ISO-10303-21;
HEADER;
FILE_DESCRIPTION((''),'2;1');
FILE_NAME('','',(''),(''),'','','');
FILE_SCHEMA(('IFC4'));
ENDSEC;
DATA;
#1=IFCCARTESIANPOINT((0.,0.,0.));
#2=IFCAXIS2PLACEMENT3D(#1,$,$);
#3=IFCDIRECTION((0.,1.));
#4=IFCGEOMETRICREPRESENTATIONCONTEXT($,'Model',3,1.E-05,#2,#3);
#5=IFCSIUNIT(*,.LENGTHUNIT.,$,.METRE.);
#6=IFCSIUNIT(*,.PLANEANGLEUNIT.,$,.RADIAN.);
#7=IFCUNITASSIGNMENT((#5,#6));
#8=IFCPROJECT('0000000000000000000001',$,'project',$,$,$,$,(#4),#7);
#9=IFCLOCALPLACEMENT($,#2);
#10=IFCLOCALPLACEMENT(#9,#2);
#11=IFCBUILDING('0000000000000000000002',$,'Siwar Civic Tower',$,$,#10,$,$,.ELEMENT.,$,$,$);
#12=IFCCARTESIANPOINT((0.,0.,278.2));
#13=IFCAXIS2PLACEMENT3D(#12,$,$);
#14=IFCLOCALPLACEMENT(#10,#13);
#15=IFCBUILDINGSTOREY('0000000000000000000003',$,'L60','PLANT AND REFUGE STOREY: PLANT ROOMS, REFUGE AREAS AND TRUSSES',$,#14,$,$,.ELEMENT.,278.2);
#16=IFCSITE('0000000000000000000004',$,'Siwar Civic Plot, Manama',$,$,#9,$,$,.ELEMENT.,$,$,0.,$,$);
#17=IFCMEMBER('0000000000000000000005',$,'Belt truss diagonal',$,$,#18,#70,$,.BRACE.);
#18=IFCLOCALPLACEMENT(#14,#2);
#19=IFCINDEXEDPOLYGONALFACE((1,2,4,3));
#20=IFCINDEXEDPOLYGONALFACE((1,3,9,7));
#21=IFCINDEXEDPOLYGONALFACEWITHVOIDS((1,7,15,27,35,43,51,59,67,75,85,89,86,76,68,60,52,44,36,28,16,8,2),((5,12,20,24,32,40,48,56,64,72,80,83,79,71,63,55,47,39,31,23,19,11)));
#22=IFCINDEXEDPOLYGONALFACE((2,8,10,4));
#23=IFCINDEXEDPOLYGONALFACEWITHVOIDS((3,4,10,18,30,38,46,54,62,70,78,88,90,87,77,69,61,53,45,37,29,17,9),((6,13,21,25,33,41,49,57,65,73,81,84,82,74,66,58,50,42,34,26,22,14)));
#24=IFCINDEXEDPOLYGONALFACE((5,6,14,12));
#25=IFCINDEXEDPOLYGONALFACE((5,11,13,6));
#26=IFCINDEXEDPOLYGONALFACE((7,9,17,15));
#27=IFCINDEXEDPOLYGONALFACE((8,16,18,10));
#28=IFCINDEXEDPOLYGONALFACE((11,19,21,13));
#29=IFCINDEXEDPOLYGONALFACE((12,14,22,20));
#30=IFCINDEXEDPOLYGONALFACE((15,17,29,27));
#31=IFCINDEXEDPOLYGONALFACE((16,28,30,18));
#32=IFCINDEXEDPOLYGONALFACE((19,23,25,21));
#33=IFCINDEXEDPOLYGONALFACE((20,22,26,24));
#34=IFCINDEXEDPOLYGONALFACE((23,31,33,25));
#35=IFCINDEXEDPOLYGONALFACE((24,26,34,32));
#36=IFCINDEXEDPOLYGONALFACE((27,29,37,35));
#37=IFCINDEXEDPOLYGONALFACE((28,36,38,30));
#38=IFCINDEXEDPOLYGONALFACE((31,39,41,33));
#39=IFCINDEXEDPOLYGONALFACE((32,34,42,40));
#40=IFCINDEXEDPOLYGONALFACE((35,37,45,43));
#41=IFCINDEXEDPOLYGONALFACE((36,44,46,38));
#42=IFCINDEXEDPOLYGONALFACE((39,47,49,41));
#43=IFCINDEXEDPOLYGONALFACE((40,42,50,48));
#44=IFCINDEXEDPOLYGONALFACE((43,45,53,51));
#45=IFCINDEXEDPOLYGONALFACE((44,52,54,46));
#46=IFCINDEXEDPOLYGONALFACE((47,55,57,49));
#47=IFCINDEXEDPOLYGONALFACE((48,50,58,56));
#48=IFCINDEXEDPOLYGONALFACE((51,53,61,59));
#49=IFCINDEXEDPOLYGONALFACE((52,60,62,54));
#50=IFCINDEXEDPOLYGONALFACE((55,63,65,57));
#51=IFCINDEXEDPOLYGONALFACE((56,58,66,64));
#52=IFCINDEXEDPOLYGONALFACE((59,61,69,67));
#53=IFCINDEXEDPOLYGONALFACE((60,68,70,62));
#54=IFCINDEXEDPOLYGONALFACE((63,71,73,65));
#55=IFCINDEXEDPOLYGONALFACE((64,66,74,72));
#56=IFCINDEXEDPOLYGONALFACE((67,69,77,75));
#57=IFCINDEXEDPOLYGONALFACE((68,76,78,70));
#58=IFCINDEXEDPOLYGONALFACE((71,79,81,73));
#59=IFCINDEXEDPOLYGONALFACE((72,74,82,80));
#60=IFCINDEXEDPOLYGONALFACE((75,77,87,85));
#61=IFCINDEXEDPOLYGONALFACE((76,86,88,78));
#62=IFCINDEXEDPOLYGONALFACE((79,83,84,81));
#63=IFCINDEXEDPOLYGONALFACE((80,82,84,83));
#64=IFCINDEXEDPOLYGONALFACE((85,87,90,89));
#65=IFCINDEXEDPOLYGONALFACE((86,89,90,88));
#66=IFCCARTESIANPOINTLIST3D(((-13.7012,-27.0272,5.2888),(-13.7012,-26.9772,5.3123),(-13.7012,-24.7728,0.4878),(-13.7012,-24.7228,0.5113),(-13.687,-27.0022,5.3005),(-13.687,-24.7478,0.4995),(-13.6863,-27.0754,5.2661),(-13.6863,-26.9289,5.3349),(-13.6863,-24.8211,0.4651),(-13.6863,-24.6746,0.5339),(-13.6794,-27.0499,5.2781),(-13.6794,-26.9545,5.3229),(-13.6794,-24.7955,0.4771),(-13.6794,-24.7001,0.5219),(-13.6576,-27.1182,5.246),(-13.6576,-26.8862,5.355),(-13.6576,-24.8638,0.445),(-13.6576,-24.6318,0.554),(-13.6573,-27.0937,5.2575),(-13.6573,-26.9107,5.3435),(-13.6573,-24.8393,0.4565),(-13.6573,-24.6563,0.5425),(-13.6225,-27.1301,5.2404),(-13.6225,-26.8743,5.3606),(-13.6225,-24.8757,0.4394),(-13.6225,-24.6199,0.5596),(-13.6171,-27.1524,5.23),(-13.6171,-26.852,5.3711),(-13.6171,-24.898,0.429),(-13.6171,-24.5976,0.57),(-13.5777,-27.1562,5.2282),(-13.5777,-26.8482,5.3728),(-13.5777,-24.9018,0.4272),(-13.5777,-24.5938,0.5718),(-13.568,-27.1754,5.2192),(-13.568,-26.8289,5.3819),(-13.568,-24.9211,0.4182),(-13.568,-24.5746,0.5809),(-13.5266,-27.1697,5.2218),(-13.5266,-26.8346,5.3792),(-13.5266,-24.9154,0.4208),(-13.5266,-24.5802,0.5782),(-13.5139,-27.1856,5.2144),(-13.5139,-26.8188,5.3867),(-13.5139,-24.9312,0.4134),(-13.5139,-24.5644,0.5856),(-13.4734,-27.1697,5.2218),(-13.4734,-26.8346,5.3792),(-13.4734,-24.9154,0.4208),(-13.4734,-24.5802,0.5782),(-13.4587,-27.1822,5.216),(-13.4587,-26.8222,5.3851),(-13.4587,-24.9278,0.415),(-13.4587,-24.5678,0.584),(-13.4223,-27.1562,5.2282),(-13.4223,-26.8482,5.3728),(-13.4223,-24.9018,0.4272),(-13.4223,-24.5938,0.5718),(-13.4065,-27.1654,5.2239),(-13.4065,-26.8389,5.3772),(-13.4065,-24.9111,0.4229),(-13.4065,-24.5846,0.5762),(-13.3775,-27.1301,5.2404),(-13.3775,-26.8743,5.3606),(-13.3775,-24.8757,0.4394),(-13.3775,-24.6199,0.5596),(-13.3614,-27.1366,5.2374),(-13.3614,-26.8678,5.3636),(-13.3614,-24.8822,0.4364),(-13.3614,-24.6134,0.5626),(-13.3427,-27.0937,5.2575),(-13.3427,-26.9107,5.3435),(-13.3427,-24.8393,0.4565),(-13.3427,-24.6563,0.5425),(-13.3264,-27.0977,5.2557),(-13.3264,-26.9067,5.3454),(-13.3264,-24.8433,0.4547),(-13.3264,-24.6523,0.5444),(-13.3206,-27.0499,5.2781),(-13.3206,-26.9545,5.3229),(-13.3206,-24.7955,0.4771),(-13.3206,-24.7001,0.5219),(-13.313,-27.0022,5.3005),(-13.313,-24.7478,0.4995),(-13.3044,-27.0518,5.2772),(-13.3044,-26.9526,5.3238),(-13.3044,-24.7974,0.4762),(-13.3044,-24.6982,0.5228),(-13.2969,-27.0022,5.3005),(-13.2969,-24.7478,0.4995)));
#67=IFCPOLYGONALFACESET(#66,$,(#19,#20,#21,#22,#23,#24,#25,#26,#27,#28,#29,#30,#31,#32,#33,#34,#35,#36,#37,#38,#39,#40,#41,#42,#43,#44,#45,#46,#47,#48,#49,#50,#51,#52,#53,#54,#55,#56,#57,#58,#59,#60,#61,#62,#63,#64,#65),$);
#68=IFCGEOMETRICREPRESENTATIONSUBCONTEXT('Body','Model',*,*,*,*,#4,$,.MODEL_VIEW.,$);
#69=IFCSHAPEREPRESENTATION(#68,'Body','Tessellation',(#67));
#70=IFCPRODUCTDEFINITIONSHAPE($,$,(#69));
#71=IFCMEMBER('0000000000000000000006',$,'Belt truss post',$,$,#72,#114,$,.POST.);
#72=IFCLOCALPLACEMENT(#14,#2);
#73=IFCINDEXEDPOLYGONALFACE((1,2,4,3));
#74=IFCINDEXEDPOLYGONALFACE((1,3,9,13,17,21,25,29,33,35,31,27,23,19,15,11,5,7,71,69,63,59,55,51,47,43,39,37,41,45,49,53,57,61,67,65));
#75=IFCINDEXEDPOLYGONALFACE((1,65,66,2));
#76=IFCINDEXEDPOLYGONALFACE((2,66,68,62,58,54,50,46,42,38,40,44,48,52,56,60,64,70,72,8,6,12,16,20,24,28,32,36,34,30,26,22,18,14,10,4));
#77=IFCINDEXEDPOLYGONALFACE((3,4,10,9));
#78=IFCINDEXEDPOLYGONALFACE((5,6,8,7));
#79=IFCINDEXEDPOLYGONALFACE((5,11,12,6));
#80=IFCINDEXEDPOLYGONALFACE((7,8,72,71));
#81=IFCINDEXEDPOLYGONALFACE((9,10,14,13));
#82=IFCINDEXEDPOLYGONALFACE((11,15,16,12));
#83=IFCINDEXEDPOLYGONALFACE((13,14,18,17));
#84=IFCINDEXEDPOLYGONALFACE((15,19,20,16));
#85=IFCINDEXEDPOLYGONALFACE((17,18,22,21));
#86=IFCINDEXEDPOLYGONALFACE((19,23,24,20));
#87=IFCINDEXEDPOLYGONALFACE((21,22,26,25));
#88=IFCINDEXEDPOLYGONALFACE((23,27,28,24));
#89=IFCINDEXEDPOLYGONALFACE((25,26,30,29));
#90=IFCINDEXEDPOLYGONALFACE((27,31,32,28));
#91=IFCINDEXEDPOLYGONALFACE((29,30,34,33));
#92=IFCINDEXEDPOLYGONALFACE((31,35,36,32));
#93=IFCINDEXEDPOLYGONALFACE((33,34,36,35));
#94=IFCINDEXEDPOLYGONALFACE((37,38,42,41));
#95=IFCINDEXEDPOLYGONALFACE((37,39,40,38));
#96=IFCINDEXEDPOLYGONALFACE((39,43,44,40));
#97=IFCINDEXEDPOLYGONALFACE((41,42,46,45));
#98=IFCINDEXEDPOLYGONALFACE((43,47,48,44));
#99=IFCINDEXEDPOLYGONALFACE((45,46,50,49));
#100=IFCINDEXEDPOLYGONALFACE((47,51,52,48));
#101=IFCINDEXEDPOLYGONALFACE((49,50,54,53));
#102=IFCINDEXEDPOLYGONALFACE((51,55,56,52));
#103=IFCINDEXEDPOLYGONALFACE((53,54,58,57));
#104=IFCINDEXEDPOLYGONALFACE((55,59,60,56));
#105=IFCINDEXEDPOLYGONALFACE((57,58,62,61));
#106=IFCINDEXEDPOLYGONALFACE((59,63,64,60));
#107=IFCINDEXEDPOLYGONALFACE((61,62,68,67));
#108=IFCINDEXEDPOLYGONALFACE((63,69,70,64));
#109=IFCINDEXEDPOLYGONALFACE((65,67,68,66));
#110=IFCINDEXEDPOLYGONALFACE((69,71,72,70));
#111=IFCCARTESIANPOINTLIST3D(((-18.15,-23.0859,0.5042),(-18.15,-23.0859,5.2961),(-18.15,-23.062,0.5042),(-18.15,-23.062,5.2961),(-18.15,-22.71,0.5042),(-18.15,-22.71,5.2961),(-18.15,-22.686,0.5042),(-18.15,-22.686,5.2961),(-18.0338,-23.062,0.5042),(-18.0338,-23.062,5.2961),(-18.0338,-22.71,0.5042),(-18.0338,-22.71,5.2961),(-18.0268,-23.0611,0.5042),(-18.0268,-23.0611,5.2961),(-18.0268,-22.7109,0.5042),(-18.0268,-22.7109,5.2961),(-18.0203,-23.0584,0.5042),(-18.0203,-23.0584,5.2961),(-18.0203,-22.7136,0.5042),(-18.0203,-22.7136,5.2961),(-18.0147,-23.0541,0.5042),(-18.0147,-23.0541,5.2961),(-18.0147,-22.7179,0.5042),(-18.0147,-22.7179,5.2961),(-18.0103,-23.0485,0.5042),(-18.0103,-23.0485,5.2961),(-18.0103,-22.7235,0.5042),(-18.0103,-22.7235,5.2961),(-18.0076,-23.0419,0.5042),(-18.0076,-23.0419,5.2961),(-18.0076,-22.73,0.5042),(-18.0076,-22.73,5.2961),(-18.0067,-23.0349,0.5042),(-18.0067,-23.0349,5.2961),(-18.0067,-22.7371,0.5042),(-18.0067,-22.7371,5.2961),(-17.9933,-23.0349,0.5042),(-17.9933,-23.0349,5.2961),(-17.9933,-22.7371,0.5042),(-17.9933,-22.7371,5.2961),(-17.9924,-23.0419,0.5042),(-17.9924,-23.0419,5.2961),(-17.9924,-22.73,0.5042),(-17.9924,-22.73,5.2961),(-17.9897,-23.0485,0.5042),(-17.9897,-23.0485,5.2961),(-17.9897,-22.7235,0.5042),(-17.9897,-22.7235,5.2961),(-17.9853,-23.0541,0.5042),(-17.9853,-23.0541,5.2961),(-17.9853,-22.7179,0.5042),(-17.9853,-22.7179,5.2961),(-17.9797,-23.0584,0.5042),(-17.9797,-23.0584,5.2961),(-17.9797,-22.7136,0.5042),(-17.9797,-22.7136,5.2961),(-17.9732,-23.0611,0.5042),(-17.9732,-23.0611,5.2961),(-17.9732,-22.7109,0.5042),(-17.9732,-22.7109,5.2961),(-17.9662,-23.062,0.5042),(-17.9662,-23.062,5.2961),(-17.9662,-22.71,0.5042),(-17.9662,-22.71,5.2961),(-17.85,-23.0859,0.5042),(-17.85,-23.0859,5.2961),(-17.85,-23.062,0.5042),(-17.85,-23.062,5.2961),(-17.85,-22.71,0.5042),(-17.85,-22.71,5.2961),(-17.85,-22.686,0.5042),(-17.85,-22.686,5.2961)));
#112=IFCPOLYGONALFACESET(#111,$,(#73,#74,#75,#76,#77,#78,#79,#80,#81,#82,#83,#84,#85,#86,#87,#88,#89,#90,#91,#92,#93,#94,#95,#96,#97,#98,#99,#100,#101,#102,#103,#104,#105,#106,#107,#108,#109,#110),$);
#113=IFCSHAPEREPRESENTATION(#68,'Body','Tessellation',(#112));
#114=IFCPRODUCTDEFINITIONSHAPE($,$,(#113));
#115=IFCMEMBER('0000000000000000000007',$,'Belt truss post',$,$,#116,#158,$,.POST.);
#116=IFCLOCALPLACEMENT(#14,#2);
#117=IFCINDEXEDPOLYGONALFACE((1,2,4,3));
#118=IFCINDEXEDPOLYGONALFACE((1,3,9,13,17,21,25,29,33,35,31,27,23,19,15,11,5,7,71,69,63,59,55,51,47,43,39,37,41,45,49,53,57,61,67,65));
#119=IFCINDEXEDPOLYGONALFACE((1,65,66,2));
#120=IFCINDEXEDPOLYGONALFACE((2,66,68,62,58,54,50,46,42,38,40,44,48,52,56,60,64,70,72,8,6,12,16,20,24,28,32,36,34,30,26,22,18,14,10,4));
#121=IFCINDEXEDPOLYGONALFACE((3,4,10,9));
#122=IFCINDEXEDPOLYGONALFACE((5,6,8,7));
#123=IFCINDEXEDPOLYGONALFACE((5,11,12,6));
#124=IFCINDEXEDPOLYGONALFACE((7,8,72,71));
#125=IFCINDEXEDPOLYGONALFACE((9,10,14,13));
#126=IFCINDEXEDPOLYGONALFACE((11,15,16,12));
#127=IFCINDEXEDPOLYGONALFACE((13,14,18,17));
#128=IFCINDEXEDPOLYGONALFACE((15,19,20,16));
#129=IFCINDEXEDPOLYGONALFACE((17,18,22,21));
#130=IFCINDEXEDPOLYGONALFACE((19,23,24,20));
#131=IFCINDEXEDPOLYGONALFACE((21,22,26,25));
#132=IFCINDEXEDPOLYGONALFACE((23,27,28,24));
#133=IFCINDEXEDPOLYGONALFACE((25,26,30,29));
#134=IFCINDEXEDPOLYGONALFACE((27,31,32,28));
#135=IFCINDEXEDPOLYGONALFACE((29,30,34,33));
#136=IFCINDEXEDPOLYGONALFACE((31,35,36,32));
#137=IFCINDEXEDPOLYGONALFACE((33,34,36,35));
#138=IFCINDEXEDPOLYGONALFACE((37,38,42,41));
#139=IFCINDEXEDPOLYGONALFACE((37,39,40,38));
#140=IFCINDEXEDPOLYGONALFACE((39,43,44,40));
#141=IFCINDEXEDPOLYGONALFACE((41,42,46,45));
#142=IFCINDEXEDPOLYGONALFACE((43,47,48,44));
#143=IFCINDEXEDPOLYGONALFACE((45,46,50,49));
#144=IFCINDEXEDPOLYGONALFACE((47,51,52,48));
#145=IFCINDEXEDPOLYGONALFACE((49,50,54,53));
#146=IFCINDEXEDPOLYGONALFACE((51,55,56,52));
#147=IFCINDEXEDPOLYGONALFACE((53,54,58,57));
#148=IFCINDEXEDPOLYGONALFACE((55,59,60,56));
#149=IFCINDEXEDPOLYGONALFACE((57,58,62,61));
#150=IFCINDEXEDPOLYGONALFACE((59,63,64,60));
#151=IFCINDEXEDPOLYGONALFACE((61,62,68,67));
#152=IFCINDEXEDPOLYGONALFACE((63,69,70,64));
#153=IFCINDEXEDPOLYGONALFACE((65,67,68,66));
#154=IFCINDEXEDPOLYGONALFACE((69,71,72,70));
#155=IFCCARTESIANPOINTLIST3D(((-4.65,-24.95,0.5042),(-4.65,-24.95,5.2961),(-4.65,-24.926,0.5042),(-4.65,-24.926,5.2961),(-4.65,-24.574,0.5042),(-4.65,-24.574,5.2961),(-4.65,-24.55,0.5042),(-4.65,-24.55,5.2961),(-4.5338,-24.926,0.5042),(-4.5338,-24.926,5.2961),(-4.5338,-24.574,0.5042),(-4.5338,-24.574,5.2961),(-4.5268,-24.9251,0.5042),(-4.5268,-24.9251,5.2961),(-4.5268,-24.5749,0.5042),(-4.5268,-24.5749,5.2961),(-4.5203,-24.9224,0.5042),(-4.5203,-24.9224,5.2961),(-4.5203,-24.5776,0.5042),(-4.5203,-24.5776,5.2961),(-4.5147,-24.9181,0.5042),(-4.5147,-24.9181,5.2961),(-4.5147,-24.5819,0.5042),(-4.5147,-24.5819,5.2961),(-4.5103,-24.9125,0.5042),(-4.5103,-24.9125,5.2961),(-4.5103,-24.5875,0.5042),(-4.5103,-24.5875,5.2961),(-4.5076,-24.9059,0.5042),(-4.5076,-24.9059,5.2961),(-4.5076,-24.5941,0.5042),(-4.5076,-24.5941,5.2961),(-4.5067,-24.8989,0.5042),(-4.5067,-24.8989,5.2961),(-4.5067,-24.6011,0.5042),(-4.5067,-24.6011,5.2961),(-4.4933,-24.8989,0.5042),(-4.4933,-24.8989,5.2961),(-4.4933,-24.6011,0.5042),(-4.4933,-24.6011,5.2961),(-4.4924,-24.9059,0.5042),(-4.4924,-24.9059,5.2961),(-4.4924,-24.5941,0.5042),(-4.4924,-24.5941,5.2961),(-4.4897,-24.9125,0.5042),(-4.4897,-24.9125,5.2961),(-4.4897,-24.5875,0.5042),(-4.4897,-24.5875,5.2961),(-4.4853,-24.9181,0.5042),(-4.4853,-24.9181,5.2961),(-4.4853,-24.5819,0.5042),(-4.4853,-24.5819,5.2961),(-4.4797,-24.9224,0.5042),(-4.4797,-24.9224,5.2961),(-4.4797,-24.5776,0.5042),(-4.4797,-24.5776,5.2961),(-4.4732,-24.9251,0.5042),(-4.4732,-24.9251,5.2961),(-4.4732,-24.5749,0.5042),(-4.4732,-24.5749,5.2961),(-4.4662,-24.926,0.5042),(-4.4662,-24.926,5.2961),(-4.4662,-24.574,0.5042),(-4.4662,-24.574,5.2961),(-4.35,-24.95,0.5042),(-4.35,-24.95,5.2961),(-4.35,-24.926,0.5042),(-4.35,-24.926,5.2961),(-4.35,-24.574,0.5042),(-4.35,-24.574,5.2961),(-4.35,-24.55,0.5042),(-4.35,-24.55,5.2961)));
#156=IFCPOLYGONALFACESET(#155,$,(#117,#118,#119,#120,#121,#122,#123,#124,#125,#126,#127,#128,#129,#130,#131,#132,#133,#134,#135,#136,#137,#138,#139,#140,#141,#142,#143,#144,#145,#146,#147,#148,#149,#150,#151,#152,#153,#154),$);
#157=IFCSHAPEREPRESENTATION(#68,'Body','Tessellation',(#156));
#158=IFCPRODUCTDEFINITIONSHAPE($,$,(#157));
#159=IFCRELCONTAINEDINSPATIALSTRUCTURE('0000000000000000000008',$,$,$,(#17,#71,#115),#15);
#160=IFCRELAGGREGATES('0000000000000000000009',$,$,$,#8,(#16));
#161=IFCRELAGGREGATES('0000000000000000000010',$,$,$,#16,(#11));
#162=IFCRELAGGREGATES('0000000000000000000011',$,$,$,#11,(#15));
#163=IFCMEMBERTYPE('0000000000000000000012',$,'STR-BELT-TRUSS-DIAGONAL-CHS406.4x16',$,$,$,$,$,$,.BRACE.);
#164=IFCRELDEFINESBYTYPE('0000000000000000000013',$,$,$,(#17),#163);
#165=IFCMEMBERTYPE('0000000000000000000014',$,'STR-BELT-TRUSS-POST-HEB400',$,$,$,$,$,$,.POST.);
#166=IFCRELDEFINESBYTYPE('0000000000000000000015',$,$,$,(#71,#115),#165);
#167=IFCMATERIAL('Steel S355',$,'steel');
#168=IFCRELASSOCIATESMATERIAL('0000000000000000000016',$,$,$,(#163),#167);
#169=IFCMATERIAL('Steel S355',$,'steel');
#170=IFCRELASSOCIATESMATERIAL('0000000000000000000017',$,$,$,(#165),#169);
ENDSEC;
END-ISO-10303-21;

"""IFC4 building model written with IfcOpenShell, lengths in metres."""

from ifc_helpers import new_model, si_unit, direction, frame, origin, origin_2d, place, context, subcontext, project, spatial, hollow_circle, i_section, extrude, material, material_profile, profile_set, type_object, element, save


model = new_model("IFC4")

# Units and contexts
model_context = context("Model", 3, precision=1e-05, world=origin(), true_north=direction((0.0, 1.0)))
body_context = subcontext(model_context, "Body", "Model", "MODEL_VIEW")
ifc_project = project(units=[si_unit("LENGTHUNIT", "METRE"), si_unit("PLANEANGLEUNIT", "RADIAN")], contexts=[model_context])

# Site, building, storey
site_placement = place(None, origin())
site = spatial("IfcSite", under=ifc_project, at=site_placement, Name="Siwar Civic Plot, Manama", CompositionType="ELEMENT", RefElevation=0.0)
building_placement = place(site_placement, origin())
building = spatial("IfcBuilding", under=site, at=building_placement, Name="Siwar Civic Tower", CompositionType="ELEMENT")
storey_placement = place(building_placement, frame((0.0, 0.0, 278.2)))
storey = spatial("IfcBuildingStorey", under=building, at=storey_placement, Name="L60", Description="PLANT AND REFUGE STOREY: PLANT ROOMS, REFUGE AREAS AND TRUSSES", CompositionType="ELEMENT", Elevation=278.2)

# Members
ifc_material_1 = material(Name="Steel S355", Category="steel")
ifc_material_profile_1 = material_profile(ifc_material_1, hollow_circle(Radius=0.2031, WallThickness=0.0161, at=origin_2d()), Name="CHS406.4x16")
ifc_profile_set_1 = profile_set([ifc_material_profile_1], Name="Steel S355")
member_type_1 = type_object("IfcMemberType", Name="STR-BELT-TRUSS-DIAGONAL-CHS406.4x16", PredefinedType="BRACE", material=ifc_profile_set_1)
member_1_placement = place(storey_placement, frame((-13.5, -24.7478, 0.4995), z_axis=(0.0, -0.425039, 0.905175), x_axis=(1.0, 0.0, 0.0)))
element("IfcMember", 1, at=member_1_placement, inside=storey, type_object=member_type_1, Name="Belt truss diagonal", PredefinedType="BRACE", context=body_context, shape_type="SweptSolid", body=[
    extrude(hollow_circle(Radius=0.2031, WallThickness=0.0161, at=origin_2d()), origin(), (0.0, 0.0, 1.0), 5.304),
])
ifc_material_2 = material(Name="Steel S355", Category="steel")
ifc_material_profile_2 = material_profile(ifc_material_2, i_section(OverallWidth=0.3, OverallDepth=0.3999, WebThickness=0.0134, FlangeThickness=0.0239, FilletRadius=0.0271, at=origin_2d()), Name="HEB400")
ifc_profile_set_2 = profile_set([ifc_material_profile_2], Name="Steel S355")
member_type_2 = type_object("IfcMemberType", Name="STR-BELT-TRUSS-POST-HEB400", PredefinedType="POST", material=ifc_profile_set_2)
for number, where, z_axis, x_axis, name in (
    (2, (-18.0, -22.886, 0.5042), (0.0, 0.0, 1.0), (1.0, 0.0, 0.0), "Belt truss post"),
    (3, (-4.5, -24.75, 0.5042), (0.0, 0.0, 1.0), (1.0, 0.0, 0.0), "Belt truss post"),
):
    element("IfcMember", number, at=place(storey_placement, frame(where, z_axis=z_axis, x_axis=x_axis)), inside=storey, type_object=member_type_2, Name=name, PredefinedType="POST", context=body_context, shape_type="SweptSolid", body=[
        extrude(i_section(OverallWidth=0.3, OverallDepth=0.3999, WebThickness=0.0134, FlangeThickness=0.0239, FilletRadius=0.0271, at=origin_2d()), origin(), (0.0, 0.0, 1.0), 4.792),
    ])

save(model, "model.ifc")
